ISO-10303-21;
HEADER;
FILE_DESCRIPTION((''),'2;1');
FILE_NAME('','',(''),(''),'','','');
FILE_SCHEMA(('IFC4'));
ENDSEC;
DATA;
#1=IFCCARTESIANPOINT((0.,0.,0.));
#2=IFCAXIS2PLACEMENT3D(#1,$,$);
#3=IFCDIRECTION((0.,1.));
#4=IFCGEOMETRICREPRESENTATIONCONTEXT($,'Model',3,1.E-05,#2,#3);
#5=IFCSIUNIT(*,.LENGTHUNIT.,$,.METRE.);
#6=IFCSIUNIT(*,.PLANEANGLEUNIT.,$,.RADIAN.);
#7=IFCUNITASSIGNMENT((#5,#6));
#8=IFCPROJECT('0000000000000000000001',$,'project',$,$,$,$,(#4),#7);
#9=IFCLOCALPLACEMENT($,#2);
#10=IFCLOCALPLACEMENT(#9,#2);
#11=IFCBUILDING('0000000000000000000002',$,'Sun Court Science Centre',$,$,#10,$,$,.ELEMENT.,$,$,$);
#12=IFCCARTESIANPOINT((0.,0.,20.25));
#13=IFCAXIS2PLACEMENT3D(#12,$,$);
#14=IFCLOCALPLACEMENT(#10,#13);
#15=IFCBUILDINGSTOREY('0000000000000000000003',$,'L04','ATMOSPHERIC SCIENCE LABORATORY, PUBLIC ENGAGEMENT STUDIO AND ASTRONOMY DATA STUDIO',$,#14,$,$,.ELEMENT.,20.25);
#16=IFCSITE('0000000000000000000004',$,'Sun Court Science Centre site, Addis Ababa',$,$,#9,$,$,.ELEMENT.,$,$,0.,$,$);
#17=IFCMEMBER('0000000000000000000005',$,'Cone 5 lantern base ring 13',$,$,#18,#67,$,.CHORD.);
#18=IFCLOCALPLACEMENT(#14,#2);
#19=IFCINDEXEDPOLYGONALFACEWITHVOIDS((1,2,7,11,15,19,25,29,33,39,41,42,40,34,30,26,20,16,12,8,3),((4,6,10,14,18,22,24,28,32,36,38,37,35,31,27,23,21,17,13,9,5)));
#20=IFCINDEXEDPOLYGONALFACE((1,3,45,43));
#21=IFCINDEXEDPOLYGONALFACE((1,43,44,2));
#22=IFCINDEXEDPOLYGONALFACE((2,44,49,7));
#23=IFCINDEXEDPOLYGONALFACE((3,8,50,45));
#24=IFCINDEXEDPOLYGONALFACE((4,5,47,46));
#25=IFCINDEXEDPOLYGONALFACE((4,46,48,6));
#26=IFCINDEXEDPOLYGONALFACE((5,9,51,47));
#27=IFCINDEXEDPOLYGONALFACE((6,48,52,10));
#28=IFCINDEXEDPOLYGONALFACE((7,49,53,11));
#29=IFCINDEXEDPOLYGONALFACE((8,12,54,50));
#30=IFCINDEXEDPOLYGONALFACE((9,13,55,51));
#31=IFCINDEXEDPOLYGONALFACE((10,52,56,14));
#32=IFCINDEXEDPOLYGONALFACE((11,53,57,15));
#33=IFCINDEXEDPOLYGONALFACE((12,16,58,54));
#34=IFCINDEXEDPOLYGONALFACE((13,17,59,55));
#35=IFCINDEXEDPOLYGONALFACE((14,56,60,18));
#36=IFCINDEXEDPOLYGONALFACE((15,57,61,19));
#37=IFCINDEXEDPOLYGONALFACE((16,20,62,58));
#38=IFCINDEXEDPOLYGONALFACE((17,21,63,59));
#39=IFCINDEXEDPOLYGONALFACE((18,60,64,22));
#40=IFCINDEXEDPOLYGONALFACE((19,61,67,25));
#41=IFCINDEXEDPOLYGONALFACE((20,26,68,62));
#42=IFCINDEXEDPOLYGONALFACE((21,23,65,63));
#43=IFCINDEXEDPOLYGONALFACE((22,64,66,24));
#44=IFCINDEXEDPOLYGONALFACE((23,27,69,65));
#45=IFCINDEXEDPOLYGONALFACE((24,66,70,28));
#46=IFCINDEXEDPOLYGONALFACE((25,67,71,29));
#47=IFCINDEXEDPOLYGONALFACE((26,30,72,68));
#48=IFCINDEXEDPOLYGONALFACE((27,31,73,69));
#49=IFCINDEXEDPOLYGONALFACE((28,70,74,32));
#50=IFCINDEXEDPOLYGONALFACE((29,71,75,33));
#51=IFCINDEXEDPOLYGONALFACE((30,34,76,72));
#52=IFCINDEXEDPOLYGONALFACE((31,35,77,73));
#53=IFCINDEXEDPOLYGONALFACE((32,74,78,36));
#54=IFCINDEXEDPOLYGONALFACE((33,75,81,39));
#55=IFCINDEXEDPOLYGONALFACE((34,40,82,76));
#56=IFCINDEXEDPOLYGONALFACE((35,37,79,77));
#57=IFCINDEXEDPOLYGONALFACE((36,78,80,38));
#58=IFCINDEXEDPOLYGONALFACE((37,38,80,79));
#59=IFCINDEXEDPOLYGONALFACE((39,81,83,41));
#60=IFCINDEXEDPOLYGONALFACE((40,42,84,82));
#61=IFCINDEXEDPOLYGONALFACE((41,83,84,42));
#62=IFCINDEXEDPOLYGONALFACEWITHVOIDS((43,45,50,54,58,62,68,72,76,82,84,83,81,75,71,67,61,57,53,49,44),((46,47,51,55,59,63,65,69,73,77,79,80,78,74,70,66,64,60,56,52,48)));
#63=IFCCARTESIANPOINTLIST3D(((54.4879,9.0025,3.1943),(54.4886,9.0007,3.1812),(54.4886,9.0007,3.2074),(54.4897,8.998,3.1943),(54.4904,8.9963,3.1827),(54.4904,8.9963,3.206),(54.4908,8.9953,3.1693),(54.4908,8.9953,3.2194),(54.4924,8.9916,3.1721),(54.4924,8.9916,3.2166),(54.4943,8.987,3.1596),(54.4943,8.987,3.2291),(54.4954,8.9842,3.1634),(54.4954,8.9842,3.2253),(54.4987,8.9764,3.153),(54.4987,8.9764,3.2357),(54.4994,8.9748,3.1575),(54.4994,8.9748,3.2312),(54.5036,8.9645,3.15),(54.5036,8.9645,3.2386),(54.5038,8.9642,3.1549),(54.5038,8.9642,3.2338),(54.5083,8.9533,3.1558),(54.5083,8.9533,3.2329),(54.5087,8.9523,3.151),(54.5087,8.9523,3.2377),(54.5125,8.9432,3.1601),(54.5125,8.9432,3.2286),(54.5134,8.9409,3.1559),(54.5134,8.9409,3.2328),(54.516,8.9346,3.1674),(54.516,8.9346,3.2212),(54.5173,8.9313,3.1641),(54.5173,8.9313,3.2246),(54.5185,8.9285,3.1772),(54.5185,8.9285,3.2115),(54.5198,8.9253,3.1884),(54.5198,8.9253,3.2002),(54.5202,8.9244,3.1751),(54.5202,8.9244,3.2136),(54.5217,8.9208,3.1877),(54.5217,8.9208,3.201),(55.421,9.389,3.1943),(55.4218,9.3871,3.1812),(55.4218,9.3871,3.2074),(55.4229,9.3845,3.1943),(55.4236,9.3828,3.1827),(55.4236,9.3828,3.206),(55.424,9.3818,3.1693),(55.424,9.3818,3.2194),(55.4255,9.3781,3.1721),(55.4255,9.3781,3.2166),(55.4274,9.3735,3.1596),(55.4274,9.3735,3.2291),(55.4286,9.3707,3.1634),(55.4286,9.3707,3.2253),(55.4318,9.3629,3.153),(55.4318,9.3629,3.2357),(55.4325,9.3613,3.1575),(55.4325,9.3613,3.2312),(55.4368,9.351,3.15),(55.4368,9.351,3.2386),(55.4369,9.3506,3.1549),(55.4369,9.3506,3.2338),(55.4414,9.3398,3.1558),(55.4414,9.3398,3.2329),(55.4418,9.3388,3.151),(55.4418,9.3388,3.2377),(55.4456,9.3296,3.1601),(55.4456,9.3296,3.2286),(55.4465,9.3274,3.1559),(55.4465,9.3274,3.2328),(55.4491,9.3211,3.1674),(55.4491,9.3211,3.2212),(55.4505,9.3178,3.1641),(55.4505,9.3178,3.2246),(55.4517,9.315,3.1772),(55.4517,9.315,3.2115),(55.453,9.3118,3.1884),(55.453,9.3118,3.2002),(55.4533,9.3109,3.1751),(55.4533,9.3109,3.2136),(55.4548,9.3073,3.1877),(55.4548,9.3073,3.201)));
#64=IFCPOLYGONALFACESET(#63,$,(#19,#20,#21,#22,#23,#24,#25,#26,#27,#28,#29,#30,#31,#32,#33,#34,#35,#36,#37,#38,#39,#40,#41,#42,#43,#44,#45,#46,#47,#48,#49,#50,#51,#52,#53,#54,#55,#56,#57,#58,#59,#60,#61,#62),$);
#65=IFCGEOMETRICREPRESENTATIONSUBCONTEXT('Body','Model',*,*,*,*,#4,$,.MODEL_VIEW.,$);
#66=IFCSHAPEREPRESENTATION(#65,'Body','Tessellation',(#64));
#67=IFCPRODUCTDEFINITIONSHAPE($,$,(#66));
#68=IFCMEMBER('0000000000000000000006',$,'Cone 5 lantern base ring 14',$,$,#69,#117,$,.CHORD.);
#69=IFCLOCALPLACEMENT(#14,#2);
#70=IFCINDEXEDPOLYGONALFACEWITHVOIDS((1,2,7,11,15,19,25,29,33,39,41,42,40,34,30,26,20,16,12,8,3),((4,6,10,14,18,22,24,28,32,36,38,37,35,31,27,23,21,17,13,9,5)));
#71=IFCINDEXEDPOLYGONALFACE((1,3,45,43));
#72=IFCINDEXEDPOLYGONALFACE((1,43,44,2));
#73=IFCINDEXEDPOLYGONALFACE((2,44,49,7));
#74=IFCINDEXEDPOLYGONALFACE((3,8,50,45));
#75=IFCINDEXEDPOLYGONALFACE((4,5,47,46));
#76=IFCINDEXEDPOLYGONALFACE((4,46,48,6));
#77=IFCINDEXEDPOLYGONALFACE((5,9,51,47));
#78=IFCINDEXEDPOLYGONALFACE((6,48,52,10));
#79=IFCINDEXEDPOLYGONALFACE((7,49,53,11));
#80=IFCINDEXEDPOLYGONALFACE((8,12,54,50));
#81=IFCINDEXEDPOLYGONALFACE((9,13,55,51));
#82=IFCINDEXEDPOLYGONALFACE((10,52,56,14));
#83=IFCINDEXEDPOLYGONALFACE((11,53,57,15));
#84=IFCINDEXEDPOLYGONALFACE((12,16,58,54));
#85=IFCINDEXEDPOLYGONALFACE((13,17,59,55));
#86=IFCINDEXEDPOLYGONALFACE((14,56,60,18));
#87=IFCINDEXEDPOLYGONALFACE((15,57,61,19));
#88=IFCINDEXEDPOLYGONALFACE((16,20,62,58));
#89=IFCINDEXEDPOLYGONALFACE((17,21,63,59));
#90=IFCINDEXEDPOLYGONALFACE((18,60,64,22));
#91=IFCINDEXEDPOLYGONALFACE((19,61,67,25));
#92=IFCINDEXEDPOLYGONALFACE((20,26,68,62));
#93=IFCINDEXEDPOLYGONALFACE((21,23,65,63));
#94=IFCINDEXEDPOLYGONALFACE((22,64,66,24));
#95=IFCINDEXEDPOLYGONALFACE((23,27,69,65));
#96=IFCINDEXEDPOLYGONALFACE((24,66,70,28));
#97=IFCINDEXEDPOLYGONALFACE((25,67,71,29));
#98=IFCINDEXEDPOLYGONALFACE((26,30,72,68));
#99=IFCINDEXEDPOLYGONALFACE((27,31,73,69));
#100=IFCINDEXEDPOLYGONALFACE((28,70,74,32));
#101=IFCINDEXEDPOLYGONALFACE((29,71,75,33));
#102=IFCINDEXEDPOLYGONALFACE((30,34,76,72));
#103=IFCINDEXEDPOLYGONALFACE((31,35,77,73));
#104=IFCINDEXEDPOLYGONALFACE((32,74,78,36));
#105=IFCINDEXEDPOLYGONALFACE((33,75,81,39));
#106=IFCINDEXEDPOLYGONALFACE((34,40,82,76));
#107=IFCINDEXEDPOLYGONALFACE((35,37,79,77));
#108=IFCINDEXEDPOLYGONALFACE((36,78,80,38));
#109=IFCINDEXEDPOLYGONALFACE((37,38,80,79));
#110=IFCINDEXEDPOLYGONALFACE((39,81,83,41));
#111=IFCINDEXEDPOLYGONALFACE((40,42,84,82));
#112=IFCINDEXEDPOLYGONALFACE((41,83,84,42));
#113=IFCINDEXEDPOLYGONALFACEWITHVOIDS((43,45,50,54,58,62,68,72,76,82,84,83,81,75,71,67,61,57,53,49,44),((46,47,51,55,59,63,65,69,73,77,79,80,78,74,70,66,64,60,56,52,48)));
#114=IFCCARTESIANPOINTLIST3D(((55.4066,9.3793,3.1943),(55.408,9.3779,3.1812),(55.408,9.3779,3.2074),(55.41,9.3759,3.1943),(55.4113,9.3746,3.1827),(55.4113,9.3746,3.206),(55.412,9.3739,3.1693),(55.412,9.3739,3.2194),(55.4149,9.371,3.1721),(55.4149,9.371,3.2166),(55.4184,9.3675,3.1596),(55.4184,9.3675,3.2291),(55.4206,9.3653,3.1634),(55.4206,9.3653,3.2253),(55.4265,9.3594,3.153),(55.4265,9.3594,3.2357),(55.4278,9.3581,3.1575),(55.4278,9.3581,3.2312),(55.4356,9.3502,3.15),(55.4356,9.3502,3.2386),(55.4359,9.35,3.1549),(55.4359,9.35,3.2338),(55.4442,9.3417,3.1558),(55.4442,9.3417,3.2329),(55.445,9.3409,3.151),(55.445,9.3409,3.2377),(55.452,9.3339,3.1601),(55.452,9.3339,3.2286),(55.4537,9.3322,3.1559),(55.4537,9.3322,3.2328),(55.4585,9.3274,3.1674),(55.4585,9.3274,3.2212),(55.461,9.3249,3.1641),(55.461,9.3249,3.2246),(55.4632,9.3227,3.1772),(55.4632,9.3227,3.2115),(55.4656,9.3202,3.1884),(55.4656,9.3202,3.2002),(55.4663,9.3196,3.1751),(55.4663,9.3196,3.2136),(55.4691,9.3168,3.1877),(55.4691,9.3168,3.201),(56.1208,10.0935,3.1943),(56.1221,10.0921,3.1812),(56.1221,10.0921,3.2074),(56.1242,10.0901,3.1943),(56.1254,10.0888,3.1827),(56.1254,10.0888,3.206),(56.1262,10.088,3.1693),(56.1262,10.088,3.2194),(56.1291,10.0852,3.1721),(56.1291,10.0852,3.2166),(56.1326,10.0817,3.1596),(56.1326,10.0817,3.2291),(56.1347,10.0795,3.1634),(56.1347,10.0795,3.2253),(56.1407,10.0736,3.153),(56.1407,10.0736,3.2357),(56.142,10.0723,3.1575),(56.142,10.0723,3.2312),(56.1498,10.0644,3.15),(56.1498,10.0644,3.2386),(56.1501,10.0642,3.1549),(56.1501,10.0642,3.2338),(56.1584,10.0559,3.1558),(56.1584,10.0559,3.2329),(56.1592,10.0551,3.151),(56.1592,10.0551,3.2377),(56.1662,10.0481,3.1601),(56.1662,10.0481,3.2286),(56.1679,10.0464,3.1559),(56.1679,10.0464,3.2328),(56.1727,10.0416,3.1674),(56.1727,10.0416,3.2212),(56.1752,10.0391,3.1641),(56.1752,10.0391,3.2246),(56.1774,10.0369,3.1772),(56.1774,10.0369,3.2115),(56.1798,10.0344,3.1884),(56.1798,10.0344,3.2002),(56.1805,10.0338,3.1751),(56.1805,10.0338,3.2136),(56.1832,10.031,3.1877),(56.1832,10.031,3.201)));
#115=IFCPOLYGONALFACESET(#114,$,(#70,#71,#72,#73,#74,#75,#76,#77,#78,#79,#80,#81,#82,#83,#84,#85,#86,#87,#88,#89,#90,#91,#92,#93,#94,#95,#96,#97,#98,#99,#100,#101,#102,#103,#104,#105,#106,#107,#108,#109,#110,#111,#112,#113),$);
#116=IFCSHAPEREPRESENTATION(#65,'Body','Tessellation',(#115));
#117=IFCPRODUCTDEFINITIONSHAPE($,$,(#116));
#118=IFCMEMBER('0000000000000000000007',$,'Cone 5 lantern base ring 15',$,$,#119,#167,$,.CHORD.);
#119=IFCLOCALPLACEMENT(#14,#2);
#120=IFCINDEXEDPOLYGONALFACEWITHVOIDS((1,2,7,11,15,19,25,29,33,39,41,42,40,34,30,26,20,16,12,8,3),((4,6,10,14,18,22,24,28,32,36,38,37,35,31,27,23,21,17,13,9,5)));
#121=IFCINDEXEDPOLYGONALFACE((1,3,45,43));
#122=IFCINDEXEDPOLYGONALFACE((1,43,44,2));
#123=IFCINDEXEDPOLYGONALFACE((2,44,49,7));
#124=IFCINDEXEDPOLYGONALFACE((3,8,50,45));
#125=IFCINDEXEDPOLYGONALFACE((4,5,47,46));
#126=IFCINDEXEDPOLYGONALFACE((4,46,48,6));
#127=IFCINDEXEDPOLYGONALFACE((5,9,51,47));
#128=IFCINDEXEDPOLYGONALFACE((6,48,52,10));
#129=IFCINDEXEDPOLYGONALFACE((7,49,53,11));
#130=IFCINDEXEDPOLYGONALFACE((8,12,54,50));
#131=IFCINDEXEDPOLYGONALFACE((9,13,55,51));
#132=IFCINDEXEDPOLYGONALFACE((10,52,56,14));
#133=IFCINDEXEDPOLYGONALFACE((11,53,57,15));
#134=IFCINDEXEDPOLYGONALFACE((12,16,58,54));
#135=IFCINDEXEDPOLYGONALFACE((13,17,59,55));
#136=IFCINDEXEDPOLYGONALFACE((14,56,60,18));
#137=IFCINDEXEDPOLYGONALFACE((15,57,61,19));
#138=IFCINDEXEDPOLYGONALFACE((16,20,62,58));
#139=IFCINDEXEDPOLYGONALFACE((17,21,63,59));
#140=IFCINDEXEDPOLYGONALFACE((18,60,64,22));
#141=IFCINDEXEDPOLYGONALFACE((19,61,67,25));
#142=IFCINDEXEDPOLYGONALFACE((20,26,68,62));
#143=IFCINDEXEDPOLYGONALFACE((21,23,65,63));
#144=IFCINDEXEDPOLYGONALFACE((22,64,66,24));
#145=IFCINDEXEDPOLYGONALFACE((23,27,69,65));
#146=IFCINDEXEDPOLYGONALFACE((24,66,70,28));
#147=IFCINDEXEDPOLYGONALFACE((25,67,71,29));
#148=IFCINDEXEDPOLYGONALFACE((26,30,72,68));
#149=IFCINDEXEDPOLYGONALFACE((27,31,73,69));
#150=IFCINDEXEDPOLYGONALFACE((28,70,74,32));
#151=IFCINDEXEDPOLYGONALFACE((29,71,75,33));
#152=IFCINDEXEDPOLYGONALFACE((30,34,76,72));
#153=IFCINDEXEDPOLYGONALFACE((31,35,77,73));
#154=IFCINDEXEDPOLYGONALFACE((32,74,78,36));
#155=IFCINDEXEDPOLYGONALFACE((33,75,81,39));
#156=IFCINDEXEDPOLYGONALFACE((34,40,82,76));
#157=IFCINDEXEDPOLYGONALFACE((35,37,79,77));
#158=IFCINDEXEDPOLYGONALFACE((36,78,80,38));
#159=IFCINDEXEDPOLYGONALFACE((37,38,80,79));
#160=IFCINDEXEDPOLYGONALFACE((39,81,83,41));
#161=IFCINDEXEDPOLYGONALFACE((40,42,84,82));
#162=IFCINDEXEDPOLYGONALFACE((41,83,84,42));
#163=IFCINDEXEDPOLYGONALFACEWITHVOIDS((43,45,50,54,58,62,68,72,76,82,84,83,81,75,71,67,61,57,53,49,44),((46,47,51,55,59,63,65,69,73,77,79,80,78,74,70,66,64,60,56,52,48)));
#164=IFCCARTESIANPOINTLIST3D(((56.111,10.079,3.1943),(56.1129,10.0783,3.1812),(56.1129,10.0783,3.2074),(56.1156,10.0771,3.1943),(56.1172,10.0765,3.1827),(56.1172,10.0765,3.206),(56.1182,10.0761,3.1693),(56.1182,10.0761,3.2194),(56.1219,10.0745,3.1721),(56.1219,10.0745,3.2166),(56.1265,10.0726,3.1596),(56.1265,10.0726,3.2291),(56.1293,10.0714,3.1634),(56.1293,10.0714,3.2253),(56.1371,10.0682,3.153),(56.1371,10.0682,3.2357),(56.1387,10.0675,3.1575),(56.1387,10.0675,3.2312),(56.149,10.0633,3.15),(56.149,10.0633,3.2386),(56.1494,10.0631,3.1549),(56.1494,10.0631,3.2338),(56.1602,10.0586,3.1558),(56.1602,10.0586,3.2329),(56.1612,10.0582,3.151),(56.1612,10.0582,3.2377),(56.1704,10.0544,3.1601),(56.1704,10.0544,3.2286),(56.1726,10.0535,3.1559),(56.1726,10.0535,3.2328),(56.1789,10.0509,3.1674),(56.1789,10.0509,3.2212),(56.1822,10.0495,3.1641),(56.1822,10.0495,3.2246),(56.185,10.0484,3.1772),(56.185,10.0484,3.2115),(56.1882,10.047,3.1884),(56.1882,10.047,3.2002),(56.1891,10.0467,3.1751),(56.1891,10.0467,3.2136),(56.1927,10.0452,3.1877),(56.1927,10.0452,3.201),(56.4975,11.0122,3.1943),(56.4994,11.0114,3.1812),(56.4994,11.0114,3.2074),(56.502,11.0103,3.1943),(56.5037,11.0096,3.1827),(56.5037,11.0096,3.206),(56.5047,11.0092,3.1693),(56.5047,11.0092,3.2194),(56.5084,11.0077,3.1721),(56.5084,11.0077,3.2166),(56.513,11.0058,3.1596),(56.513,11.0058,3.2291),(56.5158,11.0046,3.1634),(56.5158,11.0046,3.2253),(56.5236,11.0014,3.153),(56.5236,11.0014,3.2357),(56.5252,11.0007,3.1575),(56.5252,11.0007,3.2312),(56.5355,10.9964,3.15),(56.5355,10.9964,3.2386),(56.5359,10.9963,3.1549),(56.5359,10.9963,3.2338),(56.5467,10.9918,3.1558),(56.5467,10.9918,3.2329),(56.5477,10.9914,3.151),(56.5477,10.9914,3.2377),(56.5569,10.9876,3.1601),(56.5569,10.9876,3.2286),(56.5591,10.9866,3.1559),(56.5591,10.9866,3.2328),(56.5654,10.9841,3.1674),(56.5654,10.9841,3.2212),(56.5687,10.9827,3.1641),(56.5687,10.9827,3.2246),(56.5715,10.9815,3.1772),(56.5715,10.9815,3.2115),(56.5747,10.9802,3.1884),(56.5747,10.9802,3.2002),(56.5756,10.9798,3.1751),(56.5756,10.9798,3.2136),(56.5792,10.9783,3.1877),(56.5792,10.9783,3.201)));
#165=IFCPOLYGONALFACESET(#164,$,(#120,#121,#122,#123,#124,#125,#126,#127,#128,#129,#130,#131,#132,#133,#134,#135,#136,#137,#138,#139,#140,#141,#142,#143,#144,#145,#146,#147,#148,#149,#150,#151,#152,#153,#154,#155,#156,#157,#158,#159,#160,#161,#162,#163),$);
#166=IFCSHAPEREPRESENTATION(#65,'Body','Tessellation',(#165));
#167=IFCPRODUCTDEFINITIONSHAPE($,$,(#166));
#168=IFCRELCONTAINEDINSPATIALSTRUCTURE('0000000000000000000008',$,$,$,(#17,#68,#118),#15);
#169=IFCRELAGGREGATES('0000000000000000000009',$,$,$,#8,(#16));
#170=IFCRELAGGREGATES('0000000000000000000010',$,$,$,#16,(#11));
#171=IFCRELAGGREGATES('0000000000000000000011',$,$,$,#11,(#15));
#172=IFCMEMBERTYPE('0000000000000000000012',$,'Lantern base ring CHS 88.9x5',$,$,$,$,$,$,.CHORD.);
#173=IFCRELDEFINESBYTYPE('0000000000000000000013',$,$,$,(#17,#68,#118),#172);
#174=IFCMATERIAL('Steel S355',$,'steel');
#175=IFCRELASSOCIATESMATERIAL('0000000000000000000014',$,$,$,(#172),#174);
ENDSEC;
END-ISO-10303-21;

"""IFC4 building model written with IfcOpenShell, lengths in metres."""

from ifc_helpers import new_model, si_unit, direction, frame, origin, origin_2d, place, context, subcontext, project, spatial, hollow_circle, extrude, material, material_profile, profile_set, type_object, element, save


model = new_model("IFC4")

# Units and contexts
model_context = context("Model", 3, precision=1e-05, world=origin(), true_north=direction((0.0, 1.0)))
body_context = subcontext(model_context, "Body", "Model", "MODEL_VIEW")
ifc_project = project(units=[si_unit("LENGTHUNIT", "METRE"), si_unit("PLANEANGLEUNIT", "RADIAN")], contexts=[model_context])

# Site, building, storey
site_placement = place(None, origin())
site = spatial("IfcSite", under=ifc_project, at=site_placement, Name="Sun Court Science Centre site, Addis Ababa", CompositionType="ELEMENT", RefElevation=0.0)
building_placement = place(site_placement, origin())
building = spatial("IfcBuilding", under=site, at=building_placement, Name="Sun Court Science Centre", CompositionType="ELEMENT")
storey_placement = place(building_placement, frame((0.0, 0.0, 20.25)))
storey = spatial("IfcBuildingStorey", under=building, at=storey_placement, Name="L04", Description="ATMOSPHERIC SCIENCE LABORATORY, PUBLIC ENGAGEMENT STUDIO AND ASTRONOMY DATA STUDIO", CompositionType="ELEMENT", Elevation=20.25)

# Members
ifc_material_1 = material(Name="Steel S355", Category="steel")
ifc_material_profile_1 = material_profile(ifc_material_1, hollow_circle(Radius=0.0444, WallThickness=0.0049, at=origin_2d()), Name="CHS 88.9x5")
ifc_profile_set_1 = profile_set([ifc_material_profile_1], Name="Steel S355")
member_type_1 = type_object("IfcMemberType", Name="Lantern base ring CHS 88.9x5", PredefinedType="CHORD", material=ifc_profile_set_1)
for number, where, z_axis, x_axis, name in (
    (1, (54.5049, 8.9614, 3.1943), (0.92389, 0.382658, 0.0), (-0.382658, 0.92389, 0.0), "Cone 5 lantern base ring 13"),
    (2, (55.438, 9.3479, 3.1943), (0.707107, 0.707107, 0.0), (-0.707107, 0.707107, 0.0), "Cone 5 lantern base ring 14"),
    (3, (56.1521, 10.062, 3.1943), (0.382658, 0.92389, 0.0), (-0.92389, 0.382658, 0.0), "Cone 5 lantern base ring 15"),
):
    element("IfcMember", number, at=place(storey_placement, frame(where, z_axis=z_axis, x_axis=x_axis)), inside=storey, type_object=member_type_1, Name=name, PredefinedType="CHORD", context=body_context, shape_type="SweptSolid", body=[
        extrude(hollow_circle(Radius=0.0444, WallThickness=0.0049, at=origin_2d()), origin(), (0.0, 0.0, 1.0), 1.01),
    ])

save(model, "model.ifc")
